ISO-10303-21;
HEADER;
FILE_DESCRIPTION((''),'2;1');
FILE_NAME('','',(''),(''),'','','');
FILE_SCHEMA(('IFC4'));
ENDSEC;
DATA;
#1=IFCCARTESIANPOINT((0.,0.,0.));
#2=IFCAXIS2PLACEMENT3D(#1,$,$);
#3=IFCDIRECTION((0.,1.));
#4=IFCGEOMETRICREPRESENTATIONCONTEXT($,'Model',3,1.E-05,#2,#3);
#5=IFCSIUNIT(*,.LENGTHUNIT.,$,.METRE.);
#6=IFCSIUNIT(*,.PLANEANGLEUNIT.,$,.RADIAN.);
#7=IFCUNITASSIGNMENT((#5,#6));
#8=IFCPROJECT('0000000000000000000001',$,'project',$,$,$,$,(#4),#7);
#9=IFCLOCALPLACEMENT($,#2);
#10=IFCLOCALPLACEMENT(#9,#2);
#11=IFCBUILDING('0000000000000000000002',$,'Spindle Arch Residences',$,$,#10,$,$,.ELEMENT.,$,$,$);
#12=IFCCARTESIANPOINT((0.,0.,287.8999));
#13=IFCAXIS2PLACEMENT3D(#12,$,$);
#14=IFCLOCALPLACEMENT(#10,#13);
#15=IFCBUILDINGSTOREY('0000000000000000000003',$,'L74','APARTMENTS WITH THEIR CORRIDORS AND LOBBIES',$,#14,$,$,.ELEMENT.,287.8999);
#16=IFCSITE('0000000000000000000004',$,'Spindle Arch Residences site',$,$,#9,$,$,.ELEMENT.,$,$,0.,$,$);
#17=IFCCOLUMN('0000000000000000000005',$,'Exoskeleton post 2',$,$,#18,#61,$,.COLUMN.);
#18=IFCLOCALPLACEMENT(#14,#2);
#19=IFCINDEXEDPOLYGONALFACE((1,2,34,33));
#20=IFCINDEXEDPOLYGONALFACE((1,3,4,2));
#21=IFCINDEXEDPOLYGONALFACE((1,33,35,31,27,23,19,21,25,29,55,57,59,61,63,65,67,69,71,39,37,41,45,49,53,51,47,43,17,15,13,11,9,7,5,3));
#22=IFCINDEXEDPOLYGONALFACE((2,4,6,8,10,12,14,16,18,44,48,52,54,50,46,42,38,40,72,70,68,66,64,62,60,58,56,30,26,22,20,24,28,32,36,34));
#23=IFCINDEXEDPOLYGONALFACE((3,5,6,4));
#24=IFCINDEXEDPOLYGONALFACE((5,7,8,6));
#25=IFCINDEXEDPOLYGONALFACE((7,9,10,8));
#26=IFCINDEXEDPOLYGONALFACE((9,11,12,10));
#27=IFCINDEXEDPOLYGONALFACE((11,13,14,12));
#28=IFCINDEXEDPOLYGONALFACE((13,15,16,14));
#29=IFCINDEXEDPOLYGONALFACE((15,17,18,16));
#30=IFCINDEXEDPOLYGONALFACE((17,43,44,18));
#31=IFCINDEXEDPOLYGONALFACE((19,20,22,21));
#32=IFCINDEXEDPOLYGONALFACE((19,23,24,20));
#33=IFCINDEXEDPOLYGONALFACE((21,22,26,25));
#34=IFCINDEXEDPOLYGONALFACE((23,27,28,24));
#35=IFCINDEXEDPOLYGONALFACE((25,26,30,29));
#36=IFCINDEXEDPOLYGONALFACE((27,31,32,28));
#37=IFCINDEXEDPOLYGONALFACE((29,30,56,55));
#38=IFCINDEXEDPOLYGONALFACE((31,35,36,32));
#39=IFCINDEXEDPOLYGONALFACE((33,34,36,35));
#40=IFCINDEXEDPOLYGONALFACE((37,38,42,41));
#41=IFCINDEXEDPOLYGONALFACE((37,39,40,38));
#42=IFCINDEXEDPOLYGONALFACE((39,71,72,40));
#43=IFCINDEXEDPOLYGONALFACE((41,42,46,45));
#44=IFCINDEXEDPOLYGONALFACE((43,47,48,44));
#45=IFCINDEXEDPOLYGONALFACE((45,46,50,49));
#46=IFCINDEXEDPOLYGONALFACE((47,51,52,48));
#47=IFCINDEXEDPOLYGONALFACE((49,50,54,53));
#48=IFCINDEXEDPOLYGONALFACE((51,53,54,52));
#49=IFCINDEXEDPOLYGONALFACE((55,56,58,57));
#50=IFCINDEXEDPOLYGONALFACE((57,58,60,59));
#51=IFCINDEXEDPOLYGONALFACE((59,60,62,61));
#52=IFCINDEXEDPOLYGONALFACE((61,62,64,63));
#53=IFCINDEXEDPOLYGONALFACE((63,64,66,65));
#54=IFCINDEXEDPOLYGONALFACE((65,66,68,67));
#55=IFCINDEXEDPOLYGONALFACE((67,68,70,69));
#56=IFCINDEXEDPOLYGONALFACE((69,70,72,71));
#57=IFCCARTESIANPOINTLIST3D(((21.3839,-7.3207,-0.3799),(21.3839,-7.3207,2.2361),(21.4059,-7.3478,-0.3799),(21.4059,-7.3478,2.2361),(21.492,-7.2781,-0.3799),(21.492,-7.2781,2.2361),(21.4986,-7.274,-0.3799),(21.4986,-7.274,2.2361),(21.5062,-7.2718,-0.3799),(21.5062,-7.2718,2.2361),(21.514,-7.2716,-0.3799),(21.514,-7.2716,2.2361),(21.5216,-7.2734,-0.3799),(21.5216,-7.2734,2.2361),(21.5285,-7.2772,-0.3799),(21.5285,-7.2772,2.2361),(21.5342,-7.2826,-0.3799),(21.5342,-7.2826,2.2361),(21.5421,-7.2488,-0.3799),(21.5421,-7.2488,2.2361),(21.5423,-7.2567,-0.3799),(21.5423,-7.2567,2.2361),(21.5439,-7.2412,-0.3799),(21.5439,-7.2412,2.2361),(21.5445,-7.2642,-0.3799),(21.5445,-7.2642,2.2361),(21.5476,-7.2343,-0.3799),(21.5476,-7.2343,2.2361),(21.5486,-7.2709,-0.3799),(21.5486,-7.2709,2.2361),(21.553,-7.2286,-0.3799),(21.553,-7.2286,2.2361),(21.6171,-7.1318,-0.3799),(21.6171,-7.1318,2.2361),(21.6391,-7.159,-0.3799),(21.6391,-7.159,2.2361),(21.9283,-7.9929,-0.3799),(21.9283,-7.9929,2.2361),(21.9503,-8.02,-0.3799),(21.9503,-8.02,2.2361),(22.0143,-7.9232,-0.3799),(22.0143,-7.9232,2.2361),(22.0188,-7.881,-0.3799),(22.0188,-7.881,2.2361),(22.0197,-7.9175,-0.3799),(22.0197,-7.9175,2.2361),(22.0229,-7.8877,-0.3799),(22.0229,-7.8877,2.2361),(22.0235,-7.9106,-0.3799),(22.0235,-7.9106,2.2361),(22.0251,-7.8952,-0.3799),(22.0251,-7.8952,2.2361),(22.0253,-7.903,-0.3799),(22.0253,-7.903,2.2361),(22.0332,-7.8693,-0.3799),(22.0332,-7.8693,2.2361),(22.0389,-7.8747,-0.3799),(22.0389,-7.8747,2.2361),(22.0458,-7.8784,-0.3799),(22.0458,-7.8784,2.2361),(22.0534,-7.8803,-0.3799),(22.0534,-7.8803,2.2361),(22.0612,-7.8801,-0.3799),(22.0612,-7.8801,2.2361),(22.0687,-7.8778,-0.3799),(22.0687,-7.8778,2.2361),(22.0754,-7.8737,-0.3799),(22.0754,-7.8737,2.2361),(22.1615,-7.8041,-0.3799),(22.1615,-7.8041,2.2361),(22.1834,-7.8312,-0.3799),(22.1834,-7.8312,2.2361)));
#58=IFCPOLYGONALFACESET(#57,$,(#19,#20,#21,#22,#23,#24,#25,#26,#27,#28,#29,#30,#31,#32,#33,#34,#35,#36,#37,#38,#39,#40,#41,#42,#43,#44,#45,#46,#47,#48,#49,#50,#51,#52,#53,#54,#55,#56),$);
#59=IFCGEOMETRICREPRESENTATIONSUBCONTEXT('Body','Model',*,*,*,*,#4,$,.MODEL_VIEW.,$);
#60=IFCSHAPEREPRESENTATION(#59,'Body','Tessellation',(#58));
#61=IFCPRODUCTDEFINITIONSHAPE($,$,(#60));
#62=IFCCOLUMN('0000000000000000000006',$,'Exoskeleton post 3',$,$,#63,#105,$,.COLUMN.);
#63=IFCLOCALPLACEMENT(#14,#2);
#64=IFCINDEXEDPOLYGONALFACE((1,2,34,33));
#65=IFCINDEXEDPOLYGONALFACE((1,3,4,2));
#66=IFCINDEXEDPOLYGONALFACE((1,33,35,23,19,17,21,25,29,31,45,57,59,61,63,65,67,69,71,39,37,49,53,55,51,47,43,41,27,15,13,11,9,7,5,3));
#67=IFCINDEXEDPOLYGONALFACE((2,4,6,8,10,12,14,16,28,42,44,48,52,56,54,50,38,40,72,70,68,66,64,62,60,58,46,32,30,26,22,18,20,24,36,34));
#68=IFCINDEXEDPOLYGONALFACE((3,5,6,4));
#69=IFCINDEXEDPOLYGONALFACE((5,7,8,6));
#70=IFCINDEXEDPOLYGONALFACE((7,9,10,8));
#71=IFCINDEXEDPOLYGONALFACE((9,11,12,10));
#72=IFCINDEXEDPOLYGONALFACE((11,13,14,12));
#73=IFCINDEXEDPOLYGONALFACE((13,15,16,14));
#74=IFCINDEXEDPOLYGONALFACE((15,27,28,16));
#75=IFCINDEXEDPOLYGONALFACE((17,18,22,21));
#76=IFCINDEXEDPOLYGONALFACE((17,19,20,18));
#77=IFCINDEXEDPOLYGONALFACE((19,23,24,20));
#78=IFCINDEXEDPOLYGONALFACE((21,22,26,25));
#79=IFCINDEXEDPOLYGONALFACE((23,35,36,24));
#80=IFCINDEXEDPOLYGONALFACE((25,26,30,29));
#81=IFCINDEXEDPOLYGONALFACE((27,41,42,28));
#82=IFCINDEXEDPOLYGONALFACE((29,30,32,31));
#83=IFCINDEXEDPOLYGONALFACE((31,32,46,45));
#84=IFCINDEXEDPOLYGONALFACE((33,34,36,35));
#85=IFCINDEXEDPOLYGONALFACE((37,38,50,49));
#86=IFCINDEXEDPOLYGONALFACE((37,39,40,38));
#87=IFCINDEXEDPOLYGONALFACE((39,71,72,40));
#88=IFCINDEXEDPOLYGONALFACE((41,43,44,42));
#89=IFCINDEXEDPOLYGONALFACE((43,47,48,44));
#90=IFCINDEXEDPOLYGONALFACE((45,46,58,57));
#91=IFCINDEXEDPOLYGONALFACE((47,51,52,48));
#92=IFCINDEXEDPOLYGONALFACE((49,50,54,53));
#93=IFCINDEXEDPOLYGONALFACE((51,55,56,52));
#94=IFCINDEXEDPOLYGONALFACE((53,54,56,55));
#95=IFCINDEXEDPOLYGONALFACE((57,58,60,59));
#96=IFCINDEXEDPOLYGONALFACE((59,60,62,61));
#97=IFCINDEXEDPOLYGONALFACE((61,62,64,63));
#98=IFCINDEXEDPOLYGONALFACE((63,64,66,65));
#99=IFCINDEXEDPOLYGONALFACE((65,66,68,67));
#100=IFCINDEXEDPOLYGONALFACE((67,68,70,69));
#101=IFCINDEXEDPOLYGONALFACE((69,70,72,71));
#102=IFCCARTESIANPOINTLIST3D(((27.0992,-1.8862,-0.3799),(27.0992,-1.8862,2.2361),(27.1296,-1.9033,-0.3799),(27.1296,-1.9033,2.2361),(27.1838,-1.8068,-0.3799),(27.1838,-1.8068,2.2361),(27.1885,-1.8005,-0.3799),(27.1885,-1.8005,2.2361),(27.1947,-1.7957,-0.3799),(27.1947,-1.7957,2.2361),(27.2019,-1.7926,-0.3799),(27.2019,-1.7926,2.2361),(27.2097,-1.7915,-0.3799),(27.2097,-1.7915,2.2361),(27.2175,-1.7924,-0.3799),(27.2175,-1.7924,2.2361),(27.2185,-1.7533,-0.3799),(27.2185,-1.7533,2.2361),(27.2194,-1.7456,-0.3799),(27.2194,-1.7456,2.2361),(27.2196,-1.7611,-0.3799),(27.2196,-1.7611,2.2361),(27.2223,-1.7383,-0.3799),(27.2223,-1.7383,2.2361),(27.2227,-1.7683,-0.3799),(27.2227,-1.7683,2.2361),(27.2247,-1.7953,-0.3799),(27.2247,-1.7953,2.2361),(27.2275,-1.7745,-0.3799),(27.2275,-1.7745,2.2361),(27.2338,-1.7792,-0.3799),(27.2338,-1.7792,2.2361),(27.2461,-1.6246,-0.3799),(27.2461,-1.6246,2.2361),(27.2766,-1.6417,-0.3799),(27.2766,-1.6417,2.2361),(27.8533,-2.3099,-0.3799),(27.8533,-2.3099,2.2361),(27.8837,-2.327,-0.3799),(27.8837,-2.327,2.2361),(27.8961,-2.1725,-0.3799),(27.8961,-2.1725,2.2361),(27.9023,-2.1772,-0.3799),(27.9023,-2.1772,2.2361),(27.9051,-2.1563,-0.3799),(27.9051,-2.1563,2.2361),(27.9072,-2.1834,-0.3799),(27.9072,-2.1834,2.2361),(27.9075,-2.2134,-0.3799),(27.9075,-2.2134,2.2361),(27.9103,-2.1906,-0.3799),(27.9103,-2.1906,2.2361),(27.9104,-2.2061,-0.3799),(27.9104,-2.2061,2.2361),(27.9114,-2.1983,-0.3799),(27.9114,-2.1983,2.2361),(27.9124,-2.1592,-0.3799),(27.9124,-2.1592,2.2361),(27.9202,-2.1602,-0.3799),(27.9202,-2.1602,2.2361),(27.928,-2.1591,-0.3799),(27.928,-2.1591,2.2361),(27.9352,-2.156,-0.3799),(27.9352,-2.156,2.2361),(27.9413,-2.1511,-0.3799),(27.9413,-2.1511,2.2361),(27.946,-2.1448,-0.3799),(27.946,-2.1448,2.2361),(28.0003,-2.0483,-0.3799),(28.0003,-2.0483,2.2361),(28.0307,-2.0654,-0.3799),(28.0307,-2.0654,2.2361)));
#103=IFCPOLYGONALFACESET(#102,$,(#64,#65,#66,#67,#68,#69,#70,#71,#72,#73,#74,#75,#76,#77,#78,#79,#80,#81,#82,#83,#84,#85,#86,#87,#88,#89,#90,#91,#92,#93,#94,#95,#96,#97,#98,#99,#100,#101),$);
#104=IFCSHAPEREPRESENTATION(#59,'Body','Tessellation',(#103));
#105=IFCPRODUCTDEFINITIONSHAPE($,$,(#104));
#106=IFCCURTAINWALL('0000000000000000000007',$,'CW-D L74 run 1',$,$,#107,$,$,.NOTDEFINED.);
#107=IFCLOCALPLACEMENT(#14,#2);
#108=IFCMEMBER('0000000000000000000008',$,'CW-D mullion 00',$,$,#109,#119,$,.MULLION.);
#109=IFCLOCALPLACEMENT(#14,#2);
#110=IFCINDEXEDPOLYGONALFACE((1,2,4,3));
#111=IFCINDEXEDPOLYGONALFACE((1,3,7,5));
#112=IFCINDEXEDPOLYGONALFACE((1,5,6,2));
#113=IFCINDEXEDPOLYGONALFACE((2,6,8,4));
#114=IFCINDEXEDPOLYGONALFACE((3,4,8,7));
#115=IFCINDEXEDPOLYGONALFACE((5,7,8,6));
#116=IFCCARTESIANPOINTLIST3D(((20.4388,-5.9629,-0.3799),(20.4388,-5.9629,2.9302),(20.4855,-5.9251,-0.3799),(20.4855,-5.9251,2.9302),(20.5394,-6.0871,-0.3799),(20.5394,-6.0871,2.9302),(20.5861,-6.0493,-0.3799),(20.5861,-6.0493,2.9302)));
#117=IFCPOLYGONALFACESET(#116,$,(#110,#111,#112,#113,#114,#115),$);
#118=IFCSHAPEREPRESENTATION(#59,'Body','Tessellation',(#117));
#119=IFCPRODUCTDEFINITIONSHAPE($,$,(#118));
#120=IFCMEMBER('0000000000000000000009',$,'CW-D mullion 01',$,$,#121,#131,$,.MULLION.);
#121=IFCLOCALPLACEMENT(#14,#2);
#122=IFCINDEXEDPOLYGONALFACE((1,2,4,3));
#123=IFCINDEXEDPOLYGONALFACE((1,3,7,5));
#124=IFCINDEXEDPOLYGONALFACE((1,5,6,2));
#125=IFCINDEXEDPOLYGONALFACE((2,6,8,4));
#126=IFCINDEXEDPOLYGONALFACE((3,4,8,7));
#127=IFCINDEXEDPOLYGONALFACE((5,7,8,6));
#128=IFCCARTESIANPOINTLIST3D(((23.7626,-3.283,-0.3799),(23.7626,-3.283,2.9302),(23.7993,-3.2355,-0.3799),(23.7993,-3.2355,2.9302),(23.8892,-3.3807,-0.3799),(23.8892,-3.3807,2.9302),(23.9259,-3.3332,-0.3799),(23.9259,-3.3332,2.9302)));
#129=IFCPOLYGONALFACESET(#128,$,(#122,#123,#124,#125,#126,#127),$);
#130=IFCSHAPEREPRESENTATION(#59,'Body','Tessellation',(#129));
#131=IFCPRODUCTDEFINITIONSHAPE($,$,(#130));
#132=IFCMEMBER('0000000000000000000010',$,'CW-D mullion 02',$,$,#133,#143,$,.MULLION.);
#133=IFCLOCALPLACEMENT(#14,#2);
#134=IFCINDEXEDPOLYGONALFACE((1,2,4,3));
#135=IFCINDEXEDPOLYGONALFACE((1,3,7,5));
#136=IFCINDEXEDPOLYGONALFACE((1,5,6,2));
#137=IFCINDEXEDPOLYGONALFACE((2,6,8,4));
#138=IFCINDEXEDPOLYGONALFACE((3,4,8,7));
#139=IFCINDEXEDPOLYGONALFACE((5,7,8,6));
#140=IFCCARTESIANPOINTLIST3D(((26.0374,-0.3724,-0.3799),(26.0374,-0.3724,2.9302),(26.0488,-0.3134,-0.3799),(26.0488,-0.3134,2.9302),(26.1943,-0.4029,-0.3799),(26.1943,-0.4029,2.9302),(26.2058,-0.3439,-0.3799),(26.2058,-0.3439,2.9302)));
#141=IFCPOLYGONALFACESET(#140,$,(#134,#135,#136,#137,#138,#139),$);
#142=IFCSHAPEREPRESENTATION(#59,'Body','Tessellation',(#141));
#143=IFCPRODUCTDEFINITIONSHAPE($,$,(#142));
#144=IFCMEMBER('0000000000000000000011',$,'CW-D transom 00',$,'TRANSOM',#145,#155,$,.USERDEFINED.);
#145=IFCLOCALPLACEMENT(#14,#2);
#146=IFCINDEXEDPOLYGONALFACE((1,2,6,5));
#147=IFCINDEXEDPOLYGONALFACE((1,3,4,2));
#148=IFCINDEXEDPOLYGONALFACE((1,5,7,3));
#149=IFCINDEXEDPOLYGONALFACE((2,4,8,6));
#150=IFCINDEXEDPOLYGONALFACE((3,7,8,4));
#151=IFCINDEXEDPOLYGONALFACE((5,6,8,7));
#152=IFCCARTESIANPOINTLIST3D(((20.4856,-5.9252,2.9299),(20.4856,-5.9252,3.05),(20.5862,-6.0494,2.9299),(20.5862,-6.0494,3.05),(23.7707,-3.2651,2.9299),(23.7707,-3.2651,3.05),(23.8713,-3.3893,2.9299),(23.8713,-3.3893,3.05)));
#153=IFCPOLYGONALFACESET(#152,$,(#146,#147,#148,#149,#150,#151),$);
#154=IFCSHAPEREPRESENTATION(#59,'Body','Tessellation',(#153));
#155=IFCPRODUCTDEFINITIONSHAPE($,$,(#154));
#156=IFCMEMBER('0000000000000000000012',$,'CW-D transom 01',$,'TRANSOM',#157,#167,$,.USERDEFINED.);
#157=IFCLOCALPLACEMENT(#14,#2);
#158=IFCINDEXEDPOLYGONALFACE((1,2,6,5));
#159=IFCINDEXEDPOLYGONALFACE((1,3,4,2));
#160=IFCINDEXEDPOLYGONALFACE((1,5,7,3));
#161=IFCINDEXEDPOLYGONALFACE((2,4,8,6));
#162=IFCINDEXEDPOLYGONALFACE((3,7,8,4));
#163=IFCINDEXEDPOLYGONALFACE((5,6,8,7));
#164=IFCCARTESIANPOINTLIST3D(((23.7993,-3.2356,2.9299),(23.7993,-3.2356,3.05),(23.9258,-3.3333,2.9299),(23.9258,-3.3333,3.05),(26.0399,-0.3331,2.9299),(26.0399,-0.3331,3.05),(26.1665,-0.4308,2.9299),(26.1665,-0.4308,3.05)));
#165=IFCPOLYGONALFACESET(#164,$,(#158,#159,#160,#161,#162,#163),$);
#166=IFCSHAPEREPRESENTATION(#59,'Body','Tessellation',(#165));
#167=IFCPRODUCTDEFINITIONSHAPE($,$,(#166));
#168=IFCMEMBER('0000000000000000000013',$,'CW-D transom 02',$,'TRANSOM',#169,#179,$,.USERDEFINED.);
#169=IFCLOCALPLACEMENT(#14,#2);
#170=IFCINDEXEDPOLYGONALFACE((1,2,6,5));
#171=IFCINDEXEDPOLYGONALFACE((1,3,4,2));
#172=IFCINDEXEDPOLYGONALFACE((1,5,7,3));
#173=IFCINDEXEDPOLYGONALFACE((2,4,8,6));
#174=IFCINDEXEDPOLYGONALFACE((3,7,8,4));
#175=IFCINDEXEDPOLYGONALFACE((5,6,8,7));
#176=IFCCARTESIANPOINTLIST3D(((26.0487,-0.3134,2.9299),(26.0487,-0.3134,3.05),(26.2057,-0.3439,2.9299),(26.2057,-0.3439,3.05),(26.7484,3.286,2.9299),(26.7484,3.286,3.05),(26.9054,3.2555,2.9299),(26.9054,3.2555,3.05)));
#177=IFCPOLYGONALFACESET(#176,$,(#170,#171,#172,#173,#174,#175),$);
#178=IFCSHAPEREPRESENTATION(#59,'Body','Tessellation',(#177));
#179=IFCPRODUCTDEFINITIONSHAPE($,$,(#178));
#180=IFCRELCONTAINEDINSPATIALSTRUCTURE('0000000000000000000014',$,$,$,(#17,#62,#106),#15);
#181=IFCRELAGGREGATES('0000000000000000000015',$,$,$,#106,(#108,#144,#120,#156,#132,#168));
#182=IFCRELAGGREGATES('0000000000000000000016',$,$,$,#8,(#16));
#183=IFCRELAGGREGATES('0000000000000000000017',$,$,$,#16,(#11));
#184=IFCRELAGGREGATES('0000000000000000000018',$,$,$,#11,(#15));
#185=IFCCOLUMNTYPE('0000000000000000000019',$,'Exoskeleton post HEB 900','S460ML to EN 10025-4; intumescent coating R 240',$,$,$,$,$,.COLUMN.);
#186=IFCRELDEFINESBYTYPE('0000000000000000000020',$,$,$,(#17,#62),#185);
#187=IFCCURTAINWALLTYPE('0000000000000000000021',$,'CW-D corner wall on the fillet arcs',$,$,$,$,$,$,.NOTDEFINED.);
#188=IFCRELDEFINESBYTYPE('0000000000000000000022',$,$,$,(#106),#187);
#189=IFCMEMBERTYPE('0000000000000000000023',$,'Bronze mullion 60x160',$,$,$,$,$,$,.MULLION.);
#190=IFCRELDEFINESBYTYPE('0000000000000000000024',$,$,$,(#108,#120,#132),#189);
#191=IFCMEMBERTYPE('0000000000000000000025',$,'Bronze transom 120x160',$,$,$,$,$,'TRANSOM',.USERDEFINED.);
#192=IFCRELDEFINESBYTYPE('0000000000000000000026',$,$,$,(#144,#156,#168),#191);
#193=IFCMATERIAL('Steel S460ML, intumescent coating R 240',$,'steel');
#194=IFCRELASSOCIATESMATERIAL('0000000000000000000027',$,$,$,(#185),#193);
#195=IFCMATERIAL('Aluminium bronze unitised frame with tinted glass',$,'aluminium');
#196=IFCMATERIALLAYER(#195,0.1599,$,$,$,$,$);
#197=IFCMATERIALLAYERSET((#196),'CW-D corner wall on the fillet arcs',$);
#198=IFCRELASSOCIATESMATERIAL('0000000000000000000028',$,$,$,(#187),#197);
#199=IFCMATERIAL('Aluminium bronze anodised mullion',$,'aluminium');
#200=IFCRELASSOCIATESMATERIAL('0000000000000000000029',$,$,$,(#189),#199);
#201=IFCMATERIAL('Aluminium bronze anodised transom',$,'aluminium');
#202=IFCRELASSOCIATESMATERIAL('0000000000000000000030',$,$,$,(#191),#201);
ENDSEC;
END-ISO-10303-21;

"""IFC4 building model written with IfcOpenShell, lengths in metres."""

from ifc_helpers import new_model, si_unit, direction, frame, origin, origin_2d, place, context, subcontext, project, spatial, rectangle, i_section, extrude, material, layer, layer_set, material_profile, profile_set, type_object, element, aggregate, save


model = new_model("IFC4")

# Units and contexts
model_context = context("Model", 3, precision=1e-05, world=origin(), true_north=direction((0.0, 1.0)))
body_context = subcontext(model_context, "Body", "Model", "MODEL_VIEW")
ifc_project = project(units=[si_unit("LENGTHUNIT", "METRE"), si_unit("PLANEANGLEUNIT", "RADIAN")], contexts=[model_context])

# Site, building, storey
site_placement = place(None, origin())
site = spatial("IfcSite", under=ifc_project, at=site_placement, Name="Spindle Arch Residences site", CompositionType="ELEMENT", RefElevation=0.0)
building_placement = place(site_placement, origin())
building = spatial("IfcBuilding", under=site, at=building_placement, Name="Spindle Arch Residences", CompositionType="ELEMENT")
storey_placement = place(building_placement, frame((0.0, 0.0, 287.8999)))
storey = spatial("IfcBuildingStorey", under=building, at=storey_placement, Name="L74", Description="APARTMENTS WITH THEIR CORRIDORS AND LOBBIES", CompositionType="ELEMENT", Elevation=287.8999)

# Columns
ifc_material_1 = material(Name="Steel S460ML, intumescent coating R 240", Category="steel")
ifc_material_profile_1 = material_profile(ifc_material_1, i_section(OverallWidth=0.3, OverallDepth=0.8999, WebThickness=0.0186, FlangeThickness=0.0349, FilletRadius=0.03, at=origin_2d()), Name="HEB 900")
ifc_profile_set_1 = profile_set([ifc_material_profile_1], Name="Steel S460ML, intumescent coating R 240")
column_type = type_object("IfcColumnType", Name="Exoskeleton post HEB 900", Description="S460ML to EN 10025-4; intumescent coating R 240", PredefinedType="COLUMN", material=ifc_profile_set_1)
for number, where, z_axis, x_axis, name in (
    (1, (21.7837, -7.5759, -0.3799), (0.0, 0.0, 1.0), (-0.777146, -0.62932, 0.0), "Exoskeleton post 2"),
    (2, (27.5649, -1.9758, -0.3799), (0.0, 0.0, 1.0), (-0.489802, -0.871834, 0.0), "Exoskeleton post 3"),
):
    element("IfcColumn", number, at=place(storey_placement, frame(where, z_axis=z_axis, x_axis=x_axis)), inside=storey, type_object=column_type, Name=name, PredefinedType="COLUMN", context=body_context, shape_type="SweptSolid", body=[
        extrude(i_section(OverallWidth=0.3, OverallDepth=0.8999, WebThickness=0.0186, FlangeThickness=0.0349, FilletRadius=0.03, at=origin_2d()), origin(), (0.0, 0.0, 1.0), 2.616),
    ])

# Curtain wall, members
ifc_material_2 = material(Name="Aluminium bronze unitised frame with tinted glass", Category="aluminium")
ifc_layer_1 = layer(ifc_material_2, 0.1599)
ifc_layer_set_1 = layer_set([ifc_layer_1], Name="CW-D corner wall on the fillet arcs")
curtain_wall_type_1 = type_object("IfcCurtainWallType", Name="CW-D corner wall on the fillet arcs", PredefinedType="NOTDEFINED", material=ifc_layer_set_1)
curtain_wall_1_placement = place(storey_placement, origin())
curtain_wall_1 = element("IfcCurtainWall", 3, at=curtain_wall_1_placement, inside=storey, type_object=curtain_wall_type_1, Name="CW-D L74 run 1", PredefinedType="NOTDEFINED")
ifc_material_3 = material(Name="Aluminium bronze anodised mullion", Category="aluminium")
ifc_material_profile_2 = material_profile(ifc_material_3, rectangle(XDim=0.1599, YDim=0.0601, at=origin_2d()), Name="MU 60x160")
ifc_profile_set_2 = profile_set([ifc_material_profile_2], Name="Aluminium bronze anodised mullion")
member_type_1 = type_object("IfcMemberType", Name="Bronze mullion 60x160", PredefinedType="MULLION", material=ifc_profile_set_2)
member_1_placement = place(storey_placement, frame((20.5125, -6.0061, -0.3799), z_axis=(0.0, 0.0, 1.0), x_axis=(-0.62932, 0.777146, 0.0)))
member_1 = element("IfcMember", 4, at=member_1_placement, type_object=member_type_1, Name="CW-D mullion 00", PredefinedType="MULLION", context=body_context, shape_type="SweptSolid", body=[
    extrude(rectangle(XDim=0.1599, YDim=0.0601, at=origin_2d()), origin(), (0.0, 0.0, 1.0), 3.3101),
])
member_2_placement = place(storey_placement, frame((23.8442, -3.3081, -0.3799), z_axis=(0.0, 0.0, 1.0), x_axis=(-0.791579, 0.611067, 0.0)))
member_2 = element("IfcMember", 5, at=member_2_placement, type_object=member_type_1, Name="CW-D mullion 01", PredefinedType="MULLION", context=body_context, shape_type="SweptSolid", body=[
    extrude(rectangle(XDim=0.1599, YDim=0.0601, at=origin_2d()), origin(), (0.0, 0.0, 1.0), 3.3101),
])
member_3_placement = place(storey_placement, frame((26.1216, -0.3582, -0.3799), z_axis=(0.0, 0.0, 1.0), x_axis=(-0.981627, 0.190809, 0.0)))
member_3 = element("IfcMember", 6, at=member_3_placement, type_object=member_type_1, Name="CW-D mullion 02", PredefinedType="MULLION", context=body_context, shape_type="SweptSolid", body=[
    extrude(rectangle(XDim=0.1599, YDim=0.0601, at=origin_2d()), origin(), (0.0, 0.0, 1.0), 3.3101),
])
ifc_material_4 = material(Name="Aluminium bronze anodised transom", Category="aluminium")
ifc_material_profile_3 = material_profile(ifc_material_4, rectangle(XDim=0.1599, YDim=0.1201, at=origin_2d()), Name="TR 120x160")
ifc_profile_set_3 = profile_set([ifc_material_profile_3], Name="Aluminium bronze anodised transom")
member_type_2 = type_object("IfcMemberType", Name="Bronze transom 120x160", ElementType="TRANSOM", PredefinedType="USERDEFINED", material=ifc_profile_set_3)
member_4_placement = place(storey_placement, frame((20.5359, -5.9873, 2.99), z_axis=(0.777159, 0.629305, 0.0), x_axis=(-0.629305, 0.777159, 0.0)))
member_4 = element("IfcMember", 7, at=member_4_placement, type_object=member_type_2, Name="CW-D transom 00", ObjectType="TRANSOM", PredefinedType="USERDEFINED", context=body_context, shape_type="SweptSolid", body=[
    extrude(rectangle(XDim=0.1599, YDim=0.1201, at=origin_2d()), origin(), (0.0, 0.0, 1.0), 4.2271),
])
member_5_placement = place(storey_placement, frame((23.8625, -3.2844, 2.99), z_axis=(0.611074, 0.791573, 0.0), x_axis=(-0.791573, 0.611074, 0.0)))
member_5 = element("IfcMember", 8, at=member_5_placement, type_object=member_type_2, Name="CW-D transom 01", ObjectType="TRANSOM", PredefinedType="USERDEFINED", context=body_context, shape_type="SweptSolid", body=[
    extrude(rectangle(XDim=0.1599, YDim=0.1201, at=origin_2d()), origin(), (0.0, 0.0, 1.0), 3.6667),
])
member_6_placement = place(storey_placement, frame((26.1272, -0.3286, 2.99), z_axis=(0.190825, 0.981624, 0.0), x_axis=(-0.981624, 0.190825, 0.0)))
member_6 = element("IfcMember", 9, at=member_6_placement, type_object=member_type_2, Name="CW-D transom 02", ObjectType="TRANSOM", PredefinedType="USERDEFINED", context=body_context, shape_type="SweptSolid", body=[
    extrude(rectangle(XDim=0.1599, YDim=0.1201, at=origin_2d()), origin(), (0.0, 0.0, 1.0), 3.6667),
])

aggregate(curtain_wall_1, [member_1, member_4, member_2, member_5, member_3, member_6])

save(model, "model.ifc")
